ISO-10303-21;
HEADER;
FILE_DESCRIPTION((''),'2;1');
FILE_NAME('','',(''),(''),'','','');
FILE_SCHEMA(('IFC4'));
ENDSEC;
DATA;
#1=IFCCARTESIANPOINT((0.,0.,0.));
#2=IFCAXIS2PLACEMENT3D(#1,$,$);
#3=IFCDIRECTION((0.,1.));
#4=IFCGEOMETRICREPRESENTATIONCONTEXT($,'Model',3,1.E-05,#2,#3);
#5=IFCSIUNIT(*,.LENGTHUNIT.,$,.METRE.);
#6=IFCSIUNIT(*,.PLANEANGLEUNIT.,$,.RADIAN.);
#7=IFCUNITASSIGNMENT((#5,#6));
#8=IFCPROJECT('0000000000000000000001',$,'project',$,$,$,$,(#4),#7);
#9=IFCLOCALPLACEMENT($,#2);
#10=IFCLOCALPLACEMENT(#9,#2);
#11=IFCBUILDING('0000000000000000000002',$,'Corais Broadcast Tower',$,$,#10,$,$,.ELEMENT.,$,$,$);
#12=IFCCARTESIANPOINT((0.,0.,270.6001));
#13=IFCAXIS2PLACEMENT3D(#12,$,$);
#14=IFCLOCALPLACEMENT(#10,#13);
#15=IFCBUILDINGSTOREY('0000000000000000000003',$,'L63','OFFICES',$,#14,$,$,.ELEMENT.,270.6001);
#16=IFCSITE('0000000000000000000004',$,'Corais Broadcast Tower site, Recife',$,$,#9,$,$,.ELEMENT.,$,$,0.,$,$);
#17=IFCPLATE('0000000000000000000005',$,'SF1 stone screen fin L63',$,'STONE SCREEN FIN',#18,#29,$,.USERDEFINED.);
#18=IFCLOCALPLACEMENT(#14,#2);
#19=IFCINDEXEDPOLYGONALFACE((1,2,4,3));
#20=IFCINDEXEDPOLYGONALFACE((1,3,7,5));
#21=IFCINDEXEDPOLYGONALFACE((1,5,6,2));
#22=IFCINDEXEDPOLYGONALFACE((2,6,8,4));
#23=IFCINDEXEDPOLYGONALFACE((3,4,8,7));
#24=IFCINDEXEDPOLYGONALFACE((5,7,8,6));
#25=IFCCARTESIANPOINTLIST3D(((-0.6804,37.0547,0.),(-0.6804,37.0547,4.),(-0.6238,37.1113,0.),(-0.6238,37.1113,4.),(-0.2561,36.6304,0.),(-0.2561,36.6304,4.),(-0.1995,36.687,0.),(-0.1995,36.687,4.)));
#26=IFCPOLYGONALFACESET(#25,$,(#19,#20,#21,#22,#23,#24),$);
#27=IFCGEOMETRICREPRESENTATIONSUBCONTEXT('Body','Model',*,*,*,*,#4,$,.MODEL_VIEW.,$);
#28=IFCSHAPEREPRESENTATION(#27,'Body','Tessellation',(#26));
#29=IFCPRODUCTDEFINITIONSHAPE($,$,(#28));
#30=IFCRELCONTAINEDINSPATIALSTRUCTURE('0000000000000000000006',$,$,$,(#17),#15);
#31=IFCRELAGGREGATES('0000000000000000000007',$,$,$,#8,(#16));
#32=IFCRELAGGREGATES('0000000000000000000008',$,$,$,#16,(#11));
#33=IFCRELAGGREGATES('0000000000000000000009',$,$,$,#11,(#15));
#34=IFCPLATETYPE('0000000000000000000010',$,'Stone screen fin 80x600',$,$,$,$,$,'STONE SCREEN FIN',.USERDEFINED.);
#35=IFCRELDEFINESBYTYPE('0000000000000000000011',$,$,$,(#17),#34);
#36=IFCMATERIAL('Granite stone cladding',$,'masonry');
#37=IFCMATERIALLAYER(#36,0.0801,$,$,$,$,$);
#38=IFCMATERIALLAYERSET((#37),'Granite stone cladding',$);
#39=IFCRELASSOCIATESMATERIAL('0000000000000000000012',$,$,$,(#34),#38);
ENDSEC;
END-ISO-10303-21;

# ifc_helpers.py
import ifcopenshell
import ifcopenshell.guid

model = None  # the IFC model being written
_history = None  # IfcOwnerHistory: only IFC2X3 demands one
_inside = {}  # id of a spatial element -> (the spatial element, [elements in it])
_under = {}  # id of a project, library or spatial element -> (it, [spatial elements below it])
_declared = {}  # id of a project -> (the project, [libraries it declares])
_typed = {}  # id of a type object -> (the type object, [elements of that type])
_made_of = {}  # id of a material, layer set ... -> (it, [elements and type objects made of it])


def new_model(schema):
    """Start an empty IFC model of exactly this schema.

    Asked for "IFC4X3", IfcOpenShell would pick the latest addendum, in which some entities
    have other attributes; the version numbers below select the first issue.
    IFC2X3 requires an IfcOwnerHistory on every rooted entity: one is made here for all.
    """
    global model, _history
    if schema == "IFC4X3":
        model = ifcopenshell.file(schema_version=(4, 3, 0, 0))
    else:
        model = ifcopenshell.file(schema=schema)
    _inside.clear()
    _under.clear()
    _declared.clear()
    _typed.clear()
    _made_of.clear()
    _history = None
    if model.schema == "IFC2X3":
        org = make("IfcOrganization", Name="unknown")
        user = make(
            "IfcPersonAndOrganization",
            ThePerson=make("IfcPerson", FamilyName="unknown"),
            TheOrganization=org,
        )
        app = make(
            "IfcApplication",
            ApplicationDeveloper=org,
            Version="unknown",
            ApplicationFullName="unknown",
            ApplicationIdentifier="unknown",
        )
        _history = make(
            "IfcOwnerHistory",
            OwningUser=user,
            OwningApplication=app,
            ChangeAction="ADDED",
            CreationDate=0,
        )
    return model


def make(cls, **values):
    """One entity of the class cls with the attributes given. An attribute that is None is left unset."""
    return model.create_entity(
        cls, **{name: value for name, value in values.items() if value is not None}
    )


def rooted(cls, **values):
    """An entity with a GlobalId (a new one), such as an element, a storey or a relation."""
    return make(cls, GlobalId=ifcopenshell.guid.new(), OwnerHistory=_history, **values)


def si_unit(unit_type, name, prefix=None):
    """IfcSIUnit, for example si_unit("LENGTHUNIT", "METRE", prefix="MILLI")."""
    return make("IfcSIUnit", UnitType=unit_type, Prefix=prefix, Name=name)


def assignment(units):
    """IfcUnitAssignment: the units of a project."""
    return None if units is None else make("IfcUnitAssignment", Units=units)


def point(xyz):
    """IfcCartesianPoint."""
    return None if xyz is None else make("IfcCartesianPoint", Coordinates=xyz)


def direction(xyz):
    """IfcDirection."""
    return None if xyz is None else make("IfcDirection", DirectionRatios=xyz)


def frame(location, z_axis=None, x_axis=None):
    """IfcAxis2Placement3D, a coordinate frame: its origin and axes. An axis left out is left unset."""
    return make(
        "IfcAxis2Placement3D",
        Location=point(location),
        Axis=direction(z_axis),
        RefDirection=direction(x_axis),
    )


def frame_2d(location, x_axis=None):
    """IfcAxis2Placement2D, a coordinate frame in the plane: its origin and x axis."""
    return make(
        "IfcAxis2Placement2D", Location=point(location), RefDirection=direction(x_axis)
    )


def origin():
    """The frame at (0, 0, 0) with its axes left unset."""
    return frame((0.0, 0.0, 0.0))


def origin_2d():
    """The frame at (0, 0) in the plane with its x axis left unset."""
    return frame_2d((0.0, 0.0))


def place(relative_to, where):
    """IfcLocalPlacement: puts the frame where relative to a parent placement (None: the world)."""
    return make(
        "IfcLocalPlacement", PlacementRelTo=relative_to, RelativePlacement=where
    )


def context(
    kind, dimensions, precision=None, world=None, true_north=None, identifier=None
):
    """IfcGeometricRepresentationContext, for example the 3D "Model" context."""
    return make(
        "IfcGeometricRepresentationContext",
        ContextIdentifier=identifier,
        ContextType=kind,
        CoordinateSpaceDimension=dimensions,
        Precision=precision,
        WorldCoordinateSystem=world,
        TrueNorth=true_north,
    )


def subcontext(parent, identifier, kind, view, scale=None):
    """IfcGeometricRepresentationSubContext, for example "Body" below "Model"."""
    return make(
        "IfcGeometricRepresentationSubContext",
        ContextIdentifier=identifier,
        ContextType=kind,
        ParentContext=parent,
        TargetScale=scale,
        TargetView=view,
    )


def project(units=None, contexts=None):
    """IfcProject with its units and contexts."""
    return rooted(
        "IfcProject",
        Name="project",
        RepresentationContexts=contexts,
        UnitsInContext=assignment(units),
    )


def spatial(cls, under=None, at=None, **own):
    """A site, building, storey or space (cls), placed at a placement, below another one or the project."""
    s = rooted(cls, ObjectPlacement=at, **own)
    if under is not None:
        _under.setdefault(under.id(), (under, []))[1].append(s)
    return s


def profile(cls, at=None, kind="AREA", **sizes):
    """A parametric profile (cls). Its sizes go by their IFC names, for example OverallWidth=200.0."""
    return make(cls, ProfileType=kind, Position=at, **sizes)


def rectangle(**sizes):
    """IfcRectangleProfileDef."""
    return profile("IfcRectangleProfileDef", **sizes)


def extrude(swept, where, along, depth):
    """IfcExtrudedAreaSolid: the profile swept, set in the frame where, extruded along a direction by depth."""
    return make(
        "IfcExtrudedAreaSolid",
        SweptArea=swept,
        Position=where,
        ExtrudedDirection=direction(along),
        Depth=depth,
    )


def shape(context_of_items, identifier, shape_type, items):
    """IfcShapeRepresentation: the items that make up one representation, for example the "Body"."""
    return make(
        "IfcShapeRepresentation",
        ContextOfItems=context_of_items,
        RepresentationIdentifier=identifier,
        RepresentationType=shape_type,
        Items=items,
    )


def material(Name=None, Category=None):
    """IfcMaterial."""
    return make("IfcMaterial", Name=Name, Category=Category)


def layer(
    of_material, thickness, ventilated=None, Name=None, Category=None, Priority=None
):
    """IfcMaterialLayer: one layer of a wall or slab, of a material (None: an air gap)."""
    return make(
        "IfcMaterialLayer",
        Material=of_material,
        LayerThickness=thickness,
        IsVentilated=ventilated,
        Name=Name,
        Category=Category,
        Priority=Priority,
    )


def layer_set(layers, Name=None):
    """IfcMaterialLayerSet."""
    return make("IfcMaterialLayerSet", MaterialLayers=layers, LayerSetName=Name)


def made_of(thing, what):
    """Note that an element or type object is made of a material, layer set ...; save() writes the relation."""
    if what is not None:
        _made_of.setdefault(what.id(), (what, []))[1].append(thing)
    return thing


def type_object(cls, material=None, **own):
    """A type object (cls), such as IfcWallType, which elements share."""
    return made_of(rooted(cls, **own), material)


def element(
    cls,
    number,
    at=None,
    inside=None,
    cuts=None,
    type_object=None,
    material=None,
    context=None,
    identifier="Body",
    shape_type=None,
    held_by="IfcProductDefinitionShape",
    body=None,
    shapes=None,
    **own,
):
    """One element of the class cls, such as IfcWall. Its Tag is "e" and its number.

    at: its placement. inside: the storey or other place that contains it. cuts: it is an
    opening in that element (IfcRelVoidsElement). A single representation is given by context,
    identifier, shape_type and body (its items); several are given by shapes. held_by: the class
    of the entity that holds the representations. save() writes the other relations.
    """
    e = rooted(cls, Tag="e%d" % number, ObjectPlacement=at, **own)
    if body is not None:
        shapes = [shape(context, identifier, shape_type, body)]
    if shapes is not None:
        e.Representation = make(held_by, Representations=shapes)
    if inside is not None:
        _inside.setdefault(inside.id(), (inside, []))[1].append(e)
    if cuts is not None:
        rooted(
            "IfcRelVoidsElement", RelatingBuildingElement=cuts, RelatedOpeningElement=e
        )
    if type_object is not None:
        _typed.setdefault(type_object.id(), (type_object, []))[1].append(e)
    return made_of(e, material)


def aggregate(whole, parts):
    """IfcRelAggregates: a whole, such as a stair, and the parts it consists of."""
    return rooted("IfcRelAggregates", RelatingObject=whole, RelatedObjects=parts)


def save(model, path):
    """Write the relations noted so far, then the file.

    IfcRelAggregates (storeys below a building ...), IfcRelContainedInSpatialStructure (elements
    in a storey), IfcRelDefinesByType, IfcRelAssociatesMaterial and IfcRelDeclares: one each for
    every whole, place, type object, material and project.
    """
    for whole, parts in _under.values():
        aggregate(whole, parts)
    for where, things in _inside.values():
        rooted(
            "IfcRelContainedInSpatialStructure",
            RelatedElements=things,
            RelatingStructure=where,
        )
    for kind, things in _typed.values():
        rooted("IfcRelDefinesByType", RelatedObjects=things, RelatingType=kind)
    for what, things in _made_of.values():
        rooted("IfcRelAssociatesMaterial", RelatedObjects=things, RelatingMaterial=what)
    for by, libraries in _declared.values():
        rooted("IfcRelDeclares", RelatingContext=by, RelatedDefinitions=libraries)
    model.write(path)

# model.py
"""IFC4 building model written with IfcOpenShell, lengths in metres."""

from ifc_helpers import new_model, si_unit, direction, frame, origin, origin_2d, place, context, subcontext, project, spatial, rectangle, extrude, material, layer, layer_set, type_object, element, save


model = new_model("IFC4")

# Units and contexts
model_context = context("Model", 3, precision=1e-05, world=origin(), true_north=direction((0.0, 1.0)))
body_context = subcontext(model_context, "Body", "Model", "MODEL_VIEW")
ifc_project = project(units=[si_unit("LENGTHUNIT", "METRE"), si_unit("PLANEANGLEUNIT", "RADIAN")], contexts=[model_context])

# Site, building, storey
site_placement = place(None, origin())
site = spatial("IfcSite", under=ifc_project, at=site_placement, Name="Corais Broadcast Tower site, Recife", CompositionType="ELEMENT", RefElevation=0.0)
building_placement = place(site_placement, origin())
building = spatial("IfcBuilding", under=site, at=building_placement, Name="Corais Broadcast Tower", CompositionType="ELEMENT")
storey_placement = place(building_placement, frame((0.0, 0.0, 270.6001)))
storey = spatial("IfcBuildingStorey", under=building, at=storey_placement, Name="L63", Description="OFFICES", CompositionType="ELEMENT", Elevation=270.6001)

# Plate
ifc_material_1 = material(Name="Granite stone cladding", Category="masonry")
ifc_layer_1 = layer(ifc_material_1, 0.0801)
ifc_layer_set_1 = layer_set([ifc_layer_1], Name="Granite stone cladding")
plate_type_1 = type_object("IfcPlateType", Name="Stone screen fin 80x600", ElementType="STONE SCREEN FIN", PredefinedType="USERDEFINED", material=ifc_layer_set_1)
plate_1_placement = place(storey_placement, frame((-0.4399, 36.8708, 0.0), z_axis=(0.0, 0.0, 1.0), x_axis=(0.707107, 0.707107, 0.0)))
element("IfcPlate", 1, at=plate_1_placement, inside=storey, type_object=plate_type_1, Name="SF1 stone screen fin L63", ObjectType="STONE SCREEN FIN", PredefinedType="USERDEFINED", context=body_context, shape_type="SweptSolid", body=[
    extrude(rectangle(XDim=0.0801, YDim=0.6001, at=origin_2d()), origin(), (0.0, 0.0, 1.0), 4.0),
])

save(model, "model.ifc")
